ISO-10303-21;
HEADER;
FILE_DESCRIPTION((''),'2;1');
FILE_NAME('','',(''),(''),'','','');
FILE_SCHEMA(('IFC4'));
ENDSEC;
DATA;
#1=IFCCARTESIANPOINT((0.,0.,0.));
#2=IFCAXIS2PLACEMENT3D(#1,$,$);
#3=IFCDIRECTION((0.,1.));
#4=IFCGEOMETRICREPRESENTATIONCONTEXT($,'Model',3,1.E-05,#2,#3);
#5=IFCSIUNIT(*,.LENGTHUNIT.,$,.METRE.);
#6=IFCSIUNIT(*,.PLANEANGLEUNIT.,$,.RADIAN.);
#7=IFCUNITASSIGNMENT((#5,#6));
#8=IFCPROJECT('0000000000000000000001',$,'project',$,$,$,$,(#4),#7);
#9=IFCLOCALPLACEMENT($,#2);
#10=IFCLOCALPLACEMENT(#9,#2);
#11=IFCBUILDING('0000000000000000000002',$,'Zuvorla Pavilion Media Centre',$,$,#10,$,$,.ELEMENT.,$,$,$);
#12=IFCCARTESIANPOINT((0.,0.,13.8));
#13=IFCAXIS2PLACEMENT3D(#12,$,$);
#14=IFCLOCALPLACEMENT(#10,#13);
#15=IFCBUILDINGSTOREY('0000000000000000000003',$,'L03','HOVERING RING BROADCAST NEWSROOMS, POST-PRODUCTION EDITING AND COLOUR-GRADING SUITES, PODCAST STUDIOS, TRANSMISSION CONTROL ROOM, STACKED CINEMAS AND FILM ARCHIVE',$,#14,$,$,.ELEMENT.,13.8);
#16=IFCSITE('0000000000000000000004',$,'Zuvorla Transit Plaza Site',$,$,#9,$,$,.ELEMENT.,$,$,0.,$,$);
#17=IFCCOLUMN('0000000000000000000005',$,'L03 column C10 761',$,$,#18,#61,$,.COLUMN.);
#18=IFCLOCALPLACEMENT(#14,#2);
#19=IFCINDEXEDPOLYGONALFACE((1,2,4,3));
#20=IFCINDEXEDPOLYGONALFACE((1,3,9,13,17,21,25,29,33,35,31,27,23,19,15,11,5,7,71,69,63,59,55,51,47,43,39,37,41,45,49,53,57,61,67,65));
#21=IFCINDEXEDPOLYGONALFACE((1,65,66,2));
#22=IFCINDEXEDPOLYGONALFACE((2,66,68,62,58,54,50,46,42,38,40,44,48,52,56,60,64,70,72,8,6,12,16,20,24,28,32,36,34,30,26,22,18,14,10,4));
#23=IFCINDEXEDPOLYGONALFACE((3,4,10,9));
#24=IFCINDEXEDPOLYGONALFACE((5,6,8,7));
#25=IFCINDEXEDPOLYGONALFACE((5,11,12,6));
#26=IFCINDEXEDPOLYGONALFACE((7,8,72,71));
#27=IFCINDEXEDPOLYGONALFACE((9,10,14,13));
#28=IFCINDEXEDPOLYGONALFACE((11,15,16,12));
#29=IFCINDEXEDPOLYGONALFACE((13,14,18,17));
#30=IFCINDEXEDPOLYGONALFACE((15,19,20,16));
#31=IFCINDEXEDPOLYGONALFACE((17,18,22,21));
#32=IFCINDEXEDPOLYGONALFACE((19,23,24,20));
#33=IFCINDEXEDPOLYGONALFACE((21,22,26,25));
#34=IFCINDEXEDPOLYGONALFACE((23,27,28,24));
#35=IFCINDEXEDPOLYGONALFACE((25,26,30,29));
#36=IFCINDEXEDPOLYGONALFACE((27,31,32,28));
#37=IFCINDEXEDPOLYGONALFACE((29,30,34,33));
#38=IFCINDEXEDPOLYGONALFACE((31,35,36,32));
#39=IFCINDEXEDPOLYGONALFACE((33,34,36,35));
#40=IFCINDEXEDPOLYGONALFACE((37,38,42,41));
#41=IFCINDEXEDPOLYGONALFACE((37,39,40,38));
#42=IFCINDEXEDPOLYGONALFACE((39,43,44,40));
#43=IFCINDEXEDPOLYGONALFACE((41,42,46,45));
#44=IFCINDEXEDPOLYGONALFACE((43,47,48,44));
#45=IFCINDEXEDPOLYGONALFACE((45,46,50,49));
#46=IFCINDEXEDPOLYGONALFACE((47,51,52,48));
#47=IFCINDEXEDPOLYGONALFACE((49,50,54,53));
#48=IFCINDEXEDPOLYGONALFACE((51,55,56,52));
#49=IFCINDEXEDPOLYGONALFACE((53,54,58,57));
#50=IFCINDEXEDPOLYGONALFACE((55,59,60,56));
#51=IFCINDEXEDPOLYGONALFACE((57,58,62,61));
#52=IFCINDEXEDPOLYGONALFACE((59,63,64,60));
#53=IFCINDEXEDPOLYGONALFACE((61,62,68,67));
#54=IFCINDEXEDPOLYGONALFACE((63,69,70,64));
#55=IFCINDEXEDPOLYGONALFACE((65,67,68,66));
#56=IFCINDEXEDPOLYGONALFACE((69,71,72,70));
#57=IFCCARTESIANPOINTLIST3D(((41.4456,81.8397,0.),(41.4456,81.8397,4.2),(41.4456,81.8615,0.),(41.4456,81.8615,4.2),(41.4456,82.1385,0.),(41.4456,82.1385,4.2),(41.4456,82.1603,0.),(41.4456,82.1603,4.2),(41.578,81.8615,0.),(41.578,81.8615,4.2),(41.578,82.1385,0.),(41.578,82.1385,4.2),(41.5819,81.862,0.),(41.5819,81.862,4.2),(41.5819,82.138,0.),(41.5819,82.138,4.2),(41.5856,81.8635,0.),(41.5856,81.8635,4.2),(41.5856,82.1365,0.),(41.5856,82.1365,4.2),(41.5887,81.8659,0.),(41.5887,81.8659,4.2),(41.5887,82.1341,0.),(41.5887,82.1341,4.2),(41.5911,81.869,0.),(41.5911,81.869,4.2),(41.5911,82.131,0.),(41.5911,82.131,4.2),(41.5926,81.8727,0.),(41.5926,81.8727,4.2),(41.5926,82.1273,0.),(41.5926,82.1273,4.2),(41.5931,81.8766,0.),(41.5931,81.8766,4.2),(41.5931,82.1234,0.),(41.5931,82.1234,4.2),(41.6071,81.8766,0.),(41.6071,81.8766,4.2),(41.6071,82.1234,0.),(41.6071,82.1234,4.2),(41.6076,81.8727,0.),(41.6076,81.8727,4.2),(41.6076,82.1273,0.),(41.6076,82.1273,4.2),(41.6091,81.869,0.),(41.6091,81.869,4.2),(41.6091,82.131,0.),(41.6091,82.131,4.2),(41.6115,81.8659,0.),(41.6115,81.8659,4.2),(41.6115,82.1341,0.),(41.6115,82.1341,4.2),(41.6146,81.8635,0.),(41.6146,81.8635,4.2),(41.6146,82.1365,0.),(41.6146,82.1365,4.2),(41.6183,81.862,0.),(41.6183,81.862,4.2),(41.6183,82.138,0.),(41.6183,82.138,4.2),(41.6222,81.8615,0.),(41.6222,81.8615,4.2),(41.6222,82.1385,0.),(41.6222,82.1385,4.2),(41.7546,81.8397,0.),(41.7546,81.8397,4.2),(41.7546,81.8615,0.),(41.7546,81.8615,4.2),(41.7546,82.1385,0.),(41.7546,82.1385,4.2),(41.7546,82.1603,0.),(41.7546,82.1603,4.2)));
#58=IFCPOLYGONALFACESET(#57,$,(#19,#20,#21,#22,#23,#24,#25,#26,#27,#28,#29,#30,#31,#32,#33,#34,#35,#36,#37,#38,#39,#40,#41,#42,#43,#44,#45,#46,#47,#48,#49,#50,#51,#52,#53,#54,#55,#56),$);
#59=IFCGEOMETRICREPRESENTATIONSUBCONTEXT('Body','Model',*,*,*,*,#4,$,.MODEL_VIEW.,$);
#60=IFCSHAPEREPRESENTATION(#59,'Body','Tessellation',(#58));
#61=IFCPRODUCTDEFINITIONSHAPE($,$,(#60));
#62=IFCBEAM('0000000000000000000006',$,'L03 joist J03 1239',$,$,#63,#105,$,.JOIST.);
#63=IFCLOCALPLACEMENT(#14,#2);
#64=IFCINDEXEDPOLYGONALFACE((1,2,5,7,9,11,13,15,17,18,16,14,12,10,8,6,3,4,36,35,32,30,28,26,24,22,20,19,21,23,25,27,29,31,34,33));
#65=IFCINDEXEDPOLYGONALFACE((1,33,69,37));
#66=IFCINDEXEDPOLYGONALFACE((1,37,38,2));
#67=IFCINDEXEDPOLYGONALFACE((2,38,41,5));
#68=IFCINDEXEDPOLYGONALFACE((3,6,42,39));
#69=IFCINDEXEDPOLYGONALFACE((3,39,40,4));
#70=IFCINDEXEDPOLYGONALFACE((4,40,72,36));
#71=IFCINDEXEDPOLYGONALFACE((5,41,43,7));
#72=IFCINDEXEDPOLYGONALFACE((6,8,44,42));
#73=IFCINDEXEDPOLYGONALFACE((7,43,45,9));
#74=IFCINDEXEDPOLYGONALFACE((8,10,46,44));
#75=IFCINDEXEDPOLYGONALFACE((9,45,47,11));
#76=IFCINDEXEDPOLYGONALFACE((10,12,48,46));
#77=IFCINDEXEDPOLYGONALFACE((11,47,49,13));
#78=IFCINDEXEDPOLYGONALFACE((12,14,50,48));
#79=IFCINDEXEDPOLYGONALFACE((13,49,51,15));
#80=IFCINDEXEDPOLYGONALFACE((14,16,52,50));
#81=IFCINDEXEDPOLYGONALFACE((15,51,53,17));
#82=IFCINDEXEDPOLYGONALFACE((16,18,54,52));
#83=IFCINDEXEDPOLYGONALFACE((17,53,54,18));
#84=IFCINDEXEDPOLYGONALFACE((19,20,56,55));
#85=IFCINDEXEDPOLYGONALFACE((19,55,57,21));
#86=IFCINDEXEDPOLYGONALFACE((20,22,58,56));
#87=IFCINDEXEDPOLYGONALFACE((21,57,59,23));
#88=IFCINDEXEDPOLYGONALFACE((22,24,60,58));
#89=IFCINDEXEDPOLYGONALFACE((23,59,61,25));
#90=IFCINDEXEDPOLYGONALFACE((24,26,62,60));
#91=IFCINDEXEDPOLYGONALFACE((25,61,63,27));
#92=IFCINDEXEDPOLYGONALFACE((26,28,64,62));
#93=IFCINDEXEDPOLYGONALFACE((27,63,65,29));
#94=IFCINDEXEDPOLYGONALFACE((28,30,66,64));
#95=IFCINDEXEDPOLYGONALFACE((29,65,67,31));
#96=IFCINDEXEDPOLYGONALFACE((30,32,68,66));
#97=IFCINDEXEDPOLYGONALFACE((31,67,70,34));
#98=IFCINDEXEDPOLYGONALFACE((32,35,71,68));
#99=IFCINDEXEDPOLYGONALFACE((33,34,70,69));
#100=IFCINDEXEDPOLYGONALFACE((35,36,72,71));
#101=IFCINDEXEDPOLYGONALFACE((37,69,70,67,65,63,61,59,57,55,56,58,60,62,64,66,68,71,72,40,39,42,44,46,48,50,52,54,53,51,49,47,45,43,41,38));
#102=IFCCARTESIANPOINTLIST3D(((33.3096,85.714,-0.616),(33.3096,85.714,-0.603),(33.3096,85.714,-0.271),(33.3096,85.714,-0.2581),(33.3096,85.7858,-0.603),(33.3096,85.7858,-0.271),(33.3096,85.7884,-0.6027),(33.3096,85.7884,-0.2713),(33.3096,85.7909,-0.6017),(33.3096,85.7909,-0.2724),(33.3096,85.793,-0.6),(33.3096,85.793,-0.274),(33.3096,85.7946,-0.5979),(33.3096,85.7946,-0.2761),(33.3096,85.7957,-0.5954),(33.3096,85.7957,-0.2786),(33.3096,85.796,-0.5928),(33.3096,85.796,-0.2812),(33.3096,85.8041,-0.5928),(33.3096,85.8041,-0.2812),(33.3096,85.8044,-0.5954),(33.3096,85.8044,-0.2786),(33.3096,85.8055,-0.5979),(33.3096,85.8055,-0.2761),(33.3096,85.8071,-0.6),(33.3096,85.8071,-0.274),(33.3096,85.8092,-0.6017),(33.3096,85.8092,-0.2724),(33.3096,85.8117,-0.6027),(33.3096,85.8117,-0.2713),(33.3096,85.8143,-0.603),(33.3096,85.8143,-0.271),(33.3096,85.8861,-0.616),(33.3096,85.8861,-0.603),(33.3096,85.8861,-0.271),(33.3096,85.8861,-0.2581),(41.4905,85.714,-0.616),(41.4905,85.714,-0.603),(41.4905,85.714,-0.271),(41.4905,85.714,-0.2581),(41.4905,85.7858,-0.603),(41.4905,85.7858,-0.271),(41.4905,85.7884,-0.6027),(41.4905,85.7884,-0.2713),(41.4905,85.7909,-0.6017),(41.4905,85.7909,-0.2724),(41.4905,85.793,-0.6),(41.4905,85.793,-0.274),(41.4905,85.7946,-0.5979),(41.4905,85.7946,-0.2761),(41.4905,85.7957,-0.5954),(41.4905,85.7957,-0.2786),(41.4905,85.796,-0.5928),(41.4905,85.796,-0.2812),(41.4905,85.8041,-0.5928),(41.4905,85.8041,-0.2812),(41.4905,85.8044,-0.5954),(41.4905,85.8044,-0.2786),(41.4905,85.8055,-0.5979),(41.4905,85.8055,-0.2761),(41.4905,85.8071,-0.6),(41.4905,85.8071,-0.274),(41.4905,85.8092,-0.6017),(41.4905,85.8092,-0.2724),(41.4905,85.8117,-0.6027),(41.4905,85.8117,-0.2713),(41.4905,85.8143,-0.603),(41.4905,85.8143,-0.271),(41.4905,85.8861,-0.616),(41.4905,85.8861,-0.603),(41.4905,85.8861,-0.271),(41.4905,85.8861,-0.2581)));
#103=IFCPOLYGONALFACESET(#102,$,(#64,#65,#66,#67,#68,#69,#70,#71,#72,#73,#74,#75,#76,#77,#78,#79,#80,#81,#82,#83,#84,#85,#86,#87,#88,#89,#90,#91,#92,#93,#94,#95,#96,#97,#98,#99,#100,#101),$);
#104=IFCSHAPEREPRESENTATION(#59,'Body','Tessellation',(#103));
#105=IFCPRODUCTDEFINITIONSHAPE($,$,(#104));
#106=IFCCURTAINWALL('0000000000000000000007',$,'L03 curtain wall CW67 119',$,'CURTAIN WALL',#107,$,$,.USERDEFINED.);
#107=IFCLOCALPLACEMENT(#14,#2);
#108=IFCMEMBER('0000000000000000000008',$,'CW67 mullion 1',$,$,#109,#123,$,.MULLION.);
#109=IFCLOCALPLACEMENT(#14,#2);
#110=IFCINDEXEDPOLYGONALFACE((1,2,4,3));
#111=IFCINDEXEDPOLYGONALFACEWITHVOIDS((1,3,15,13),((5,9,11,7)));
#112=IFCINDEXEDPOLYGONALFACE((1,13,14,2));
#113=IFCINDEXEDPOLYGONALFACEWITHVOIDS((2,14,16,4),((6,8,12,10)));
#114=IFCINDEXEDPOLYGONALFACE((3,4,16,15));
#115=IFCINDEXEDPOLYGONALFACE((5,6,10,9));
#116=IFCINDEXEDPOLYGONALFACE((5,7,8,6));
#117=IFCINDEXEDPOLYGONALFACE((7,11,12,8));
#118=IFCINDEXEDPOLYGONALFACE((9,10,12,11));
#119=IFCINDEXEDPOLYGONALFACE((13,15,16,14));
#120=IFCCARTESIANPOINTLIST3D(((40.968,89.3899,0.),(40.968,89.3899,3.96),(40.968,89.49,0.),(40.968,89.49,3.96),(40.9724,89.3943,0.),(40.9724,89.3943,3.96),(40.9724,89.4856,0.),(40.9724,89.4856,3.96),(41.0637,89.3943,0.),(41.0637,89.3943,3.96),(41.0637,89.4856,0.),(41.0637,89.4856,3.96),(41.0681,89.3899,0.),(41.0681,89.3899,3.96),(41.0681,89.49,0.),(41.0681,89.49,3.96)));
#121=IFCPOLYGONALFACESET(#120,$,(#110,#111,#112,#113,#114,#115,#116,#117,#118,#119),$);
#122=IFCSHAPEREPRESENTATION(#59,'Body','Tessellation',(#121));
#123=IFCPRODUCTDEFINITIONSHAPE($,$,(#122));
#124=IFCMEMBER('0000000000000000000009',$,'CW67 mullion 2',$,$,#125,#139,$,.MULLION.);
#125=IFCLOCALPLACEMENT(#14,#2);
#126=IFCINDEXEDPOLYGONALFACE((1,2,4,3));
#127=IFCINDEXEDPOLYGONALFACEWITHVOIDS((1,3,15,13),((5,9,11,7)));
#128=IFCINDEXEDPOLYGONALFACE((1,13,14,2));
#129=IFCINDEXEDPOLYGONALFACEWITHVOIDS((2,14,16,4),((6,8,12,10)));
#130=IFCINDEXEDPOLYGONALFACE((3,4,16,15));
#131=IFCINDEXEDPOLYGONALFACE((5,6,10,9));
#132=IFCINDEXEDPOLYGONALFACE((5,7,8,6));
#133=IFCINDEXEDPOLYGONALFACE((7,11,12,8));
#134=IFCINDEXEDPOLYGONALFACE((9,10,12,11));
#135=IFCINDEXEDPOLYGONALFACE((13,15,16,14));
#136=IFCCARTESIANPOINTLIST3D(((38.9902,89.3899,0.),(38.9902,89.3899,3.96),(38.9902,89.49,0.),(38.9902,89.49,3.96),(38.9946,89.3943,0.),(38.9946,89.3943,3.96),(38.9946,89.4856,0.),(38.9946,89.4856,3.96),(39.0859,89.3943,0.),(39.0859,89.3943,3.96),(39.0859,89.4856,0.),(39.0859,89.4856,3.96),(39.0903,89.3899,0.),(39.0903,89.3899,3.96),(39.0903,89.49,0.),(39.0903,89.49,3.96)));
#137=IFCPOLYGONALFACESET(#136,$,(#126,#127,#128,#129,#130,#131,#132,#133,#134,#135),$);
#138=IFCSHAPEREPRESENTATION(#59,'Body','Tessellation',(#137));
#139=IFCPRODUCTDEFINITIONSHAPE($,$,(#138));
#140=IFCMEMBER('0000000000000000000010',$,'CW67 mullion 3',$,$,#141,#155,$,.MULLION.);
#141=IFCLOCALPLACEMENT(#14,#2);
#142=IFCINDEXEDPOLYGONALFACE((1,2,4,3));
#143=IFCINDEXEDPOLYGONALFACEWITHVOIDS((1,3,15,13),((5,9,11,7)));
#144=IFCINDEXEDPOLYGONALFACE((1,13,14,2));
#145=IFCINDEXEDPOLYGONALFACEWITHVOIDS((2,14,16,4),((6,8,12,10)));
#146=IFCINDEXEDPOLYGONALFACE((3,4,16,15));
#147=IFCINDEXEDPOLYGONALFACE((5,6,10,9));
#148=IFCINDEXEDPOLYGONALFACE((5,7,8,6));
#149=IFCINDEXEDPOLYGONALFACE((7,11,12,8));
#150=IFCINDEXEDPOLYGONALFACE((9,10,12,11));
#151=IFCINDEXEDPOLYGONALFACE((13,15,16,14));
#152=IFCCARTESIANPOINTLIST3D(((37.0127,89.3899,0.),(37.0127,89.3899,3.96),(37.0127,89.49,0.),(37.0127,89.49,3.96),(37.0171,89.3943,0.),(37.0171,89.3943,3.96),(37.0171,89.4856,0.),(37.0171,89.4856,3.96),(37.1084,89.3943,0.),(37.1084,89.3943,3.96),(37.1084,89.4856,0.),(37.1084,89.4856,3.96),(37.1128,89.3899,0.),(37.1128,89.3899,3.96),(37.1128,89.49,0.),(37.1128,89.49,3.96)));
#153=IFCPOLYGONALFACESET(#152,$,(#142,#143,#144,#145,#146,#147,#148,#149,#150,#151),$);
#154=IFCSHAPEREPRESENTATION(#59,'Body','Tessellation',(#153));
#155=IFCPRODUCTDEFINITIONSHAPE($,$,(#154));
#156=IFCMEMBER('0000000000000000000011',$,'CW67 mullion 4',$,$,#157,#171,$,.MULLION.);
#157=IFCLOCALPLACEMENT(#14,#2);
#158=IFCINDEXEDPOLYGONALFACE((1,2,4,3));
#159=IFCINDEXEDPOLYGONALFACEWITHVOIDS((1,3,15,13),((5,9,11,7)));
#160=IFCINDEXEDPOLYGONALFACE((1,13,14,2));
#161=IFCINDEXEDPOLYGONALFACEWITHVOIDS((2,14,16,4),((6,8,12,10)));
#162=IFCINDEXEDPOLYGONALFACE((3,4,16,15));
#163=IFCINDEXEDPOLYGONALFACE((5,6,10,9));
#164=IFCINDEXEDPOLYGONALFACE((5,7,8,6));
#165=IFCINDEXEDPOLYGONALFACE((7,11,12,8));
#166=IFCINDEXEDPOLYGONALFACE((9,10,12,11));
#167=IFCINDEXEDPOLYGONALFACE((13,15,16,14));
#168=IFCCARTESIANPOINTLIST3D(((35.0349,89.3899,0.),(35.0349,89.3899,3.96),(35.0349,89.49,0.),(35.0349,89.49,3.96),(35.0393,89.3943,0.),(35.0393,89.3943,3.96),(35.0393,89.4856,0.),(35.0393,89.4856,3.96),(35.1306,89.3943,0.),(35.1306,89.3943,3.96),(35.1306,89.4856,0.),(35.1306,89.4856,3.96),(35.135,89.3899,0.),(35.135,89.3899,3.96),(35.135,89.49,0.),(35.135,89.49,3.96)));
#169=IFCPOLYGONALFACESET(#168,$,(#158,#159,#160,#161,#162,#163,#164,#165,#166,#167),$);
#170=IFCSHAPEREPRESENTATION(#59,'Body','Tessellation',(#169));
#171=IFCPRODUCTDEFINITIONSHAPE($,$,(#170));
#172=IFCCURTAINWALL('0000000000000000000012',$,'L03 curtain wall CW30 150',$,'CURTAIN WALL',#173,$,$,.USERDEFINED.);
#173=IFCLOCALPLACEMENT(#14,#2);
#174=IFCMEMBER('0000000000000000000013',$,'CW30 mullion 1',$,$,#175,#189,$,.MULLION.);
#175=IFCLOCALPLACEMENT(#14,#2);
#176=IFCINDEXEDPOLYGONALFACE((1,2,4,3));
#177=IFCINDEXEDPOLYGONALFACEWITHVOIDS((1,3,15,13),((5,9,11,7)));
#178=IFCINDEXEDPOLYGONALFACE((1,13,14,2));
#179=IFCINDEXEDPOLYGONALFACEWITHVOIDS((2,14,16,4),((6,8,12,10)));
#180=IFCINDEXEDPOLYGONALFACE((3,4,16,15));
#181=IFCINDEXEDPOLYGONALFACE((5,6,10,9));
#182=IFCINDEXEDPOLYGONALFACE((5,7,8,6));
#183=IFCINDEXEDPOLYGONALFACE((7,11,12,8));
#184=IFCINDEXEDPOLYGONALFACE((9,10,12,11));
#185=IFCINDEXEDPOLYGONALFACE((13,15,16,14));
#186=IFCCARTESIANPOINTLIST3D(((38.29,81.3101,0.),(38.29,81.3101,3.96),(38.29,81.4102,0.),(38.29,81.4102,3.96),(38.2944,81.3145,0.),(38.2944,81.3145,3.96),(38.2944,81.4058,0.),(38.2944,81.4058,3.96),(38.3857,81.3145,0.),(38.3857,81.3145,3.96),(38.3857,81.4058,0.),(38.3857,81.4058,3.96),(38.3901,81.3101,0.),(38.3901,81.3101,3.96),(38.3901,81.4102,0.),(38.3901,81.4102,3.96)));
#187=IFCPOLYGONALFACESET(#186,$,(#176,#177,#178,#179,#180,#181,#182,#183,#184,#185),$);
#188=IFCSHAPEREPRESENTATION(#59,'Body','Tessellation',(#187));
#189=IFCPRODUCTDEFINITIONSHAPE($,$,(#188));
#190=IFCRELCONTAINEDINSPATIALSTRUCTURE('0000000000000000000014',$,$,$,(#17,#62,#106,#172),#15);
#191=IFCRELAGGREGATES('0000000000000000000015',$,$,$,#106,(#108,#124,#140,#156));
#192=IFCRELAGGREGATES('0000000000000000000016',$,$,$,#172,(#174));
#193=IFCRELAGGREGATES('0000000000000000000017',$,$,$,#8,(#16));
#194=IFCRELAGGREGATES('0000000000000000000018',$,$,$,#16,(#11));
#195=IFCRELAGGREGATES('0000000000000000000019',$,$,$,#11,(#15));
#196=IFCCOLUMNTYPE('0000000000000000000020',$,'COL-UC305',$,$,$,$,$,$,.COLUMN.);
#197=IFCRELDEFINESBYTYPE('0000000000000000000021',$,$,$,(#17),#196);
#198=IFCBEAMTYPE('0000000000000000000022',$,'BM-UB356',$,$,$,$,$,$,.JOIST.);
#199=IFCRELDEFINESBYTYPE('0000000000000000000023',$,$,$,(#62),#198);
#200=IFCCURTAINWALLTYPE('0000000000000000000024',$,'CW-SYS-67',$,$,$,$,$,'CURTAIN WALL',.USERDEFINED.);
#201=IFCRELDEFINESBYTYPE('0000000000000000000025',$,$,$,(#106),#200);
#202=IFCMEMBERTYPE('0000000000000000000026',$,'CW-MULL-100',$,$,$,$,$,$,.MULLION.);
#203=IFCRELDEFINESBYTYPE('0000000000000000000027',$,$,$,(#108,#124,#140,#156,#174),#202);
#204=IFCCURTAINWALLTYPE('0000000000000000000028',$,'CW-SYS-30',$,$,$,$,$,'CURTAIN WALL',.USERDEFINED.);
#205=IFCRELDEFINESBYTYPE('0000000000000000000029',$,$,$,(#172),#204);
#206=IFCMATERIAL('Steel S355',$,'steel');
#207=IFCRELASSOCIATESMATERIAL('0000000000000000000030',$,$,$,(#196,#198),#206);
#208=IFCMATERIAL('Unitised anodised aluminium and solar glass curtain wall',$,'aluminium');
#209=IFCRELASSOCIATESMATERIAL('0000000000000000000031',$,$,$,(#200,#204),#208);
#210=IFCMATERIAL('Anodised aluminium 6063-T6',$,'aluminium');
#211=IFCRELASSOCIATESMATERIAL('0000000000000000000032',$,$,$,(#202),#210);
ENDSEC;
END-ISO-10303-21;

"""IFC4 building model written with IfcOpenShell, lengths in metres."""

from ifc_helpers import new_model, si_unit, direction, frame, origin, origin_2d, place, context, subcontext, project, spatial, hollow_rectangle, i_section, extrude, material, material_profile, profile_set, type_object, element, aggregate, save


model = new_model("IFC4")

# Units and contexts
model_context = context("Model", 3, precision=1e-05, world=origin(), true_north=direction((0.0, 1.0)))
body_context = subcontext(model_context, "Body", "Model", "MODEL_VIEW")
ifc_project = project(units=[si_unit("LENGTHUNIT", "METRE"), si_unit("PLANEANGLEUNIT", "RADIAN")], contexts=[model_context])

# Site, building, storey
site_placement = place(None, origin())
site = spatial("IfcSite", under=ifc_project, at=site_placement, Name="Zuvorla Transit Plaza Site", CompositionType="ELEMENT", RefElevation=0.0)
building_placement = place(site_placement, origin())
building = spatial("IfcBuilding", under=site, at=building_placement, Name="Zuvorla Pavilion Media Centre", CompositionType="ELEMENT")
storey_placement = place(building_placement, frame((0.0, 0.0, 13.8)))
storey = spatial("IfcBuildingStorey", under=building, at=storey_placement, Name="L03", Description="HOVERING RING BROADCAST NEWSROOMS, POST-PRODUCTION EDITING AND COLOUR-GRADING SUITES, PODCAST STUDIOS, TRANSMISSION CONTROL ROOM, STACKED CINEMAS AND FILM ARCHIVE", CompositionType="ELEMENT", Elevation=13.8)

# Column
ifc_material_1 = material(Name="Steel S355", Category="steel")
ifc_material_profile_1 = material_profile(ifc_material_1, i_section(OverallWidth=0.3091, OverallDepth=0.3206, WebThickness=0.0139, FlangeThickness=0.0217, FilletRadius=0.0151, at=origin_2d()), Name="UC 305x305x137")
ifc_profile_set_1 = profile_set([ifc_material_profile_1], Name="Steel S355")
column_type = type_object("IfcColumnType", Name="COL-UC305", PredefinedType="COLUMN", material=ifc_profile_set_1)
column_placement = place(storey_placement, frame((41.6001, 82.0, 0.0), z_axis=(0.0, 0.0, 1.0), x_axis=(1.0, 0.0, 0.0)))
element("IfcColumn", 1, at=column_placement, inside=storey, type_object=column_type, Name="L03 column C10 761", PredefinedType="COLUMN", context=body_context, shape_type="SweptSolid", body=[
    extrude(i_section(OverallWidth=0.3091, OverallDepth=0.3206, WebThickness=0.0139, FlangeThickness=0.0217, FilletRadius=0.0151, at=origin_2d()), origin(), (0.0, 0.0, 1.0), 4.2),
])

# Beam
ifc_material_profile_2 = material_profile(ifc_material_1, i_section(OverallWidth=0.1721, OverallDepth=0.3579, WebThickness=0.0081, FlangeThickness=0.0129, FilletRadius=0.0103, at=origin_2d()), Name="UB 356x171x57")
ifc_profile_set_2 = profile_set([ifc_material_profile_2], Name="Steel S355")
beam_type = type_object("IfcBeamType", Name="BM-UB356", PredefinedType="JOIST", material=ifc_profile_set_2)
beam_placement = place(storey_placement, frame((33.3096, 85.8, -0.437), z_axis=(1.0, 0.0, 0.0), x_axis=(0.0, 1.0, 0.0)))
element("IfcBeam", 2, at=beam_placement, inside=storey, type_object=beam_type, Name="L03 joist J03 1239", PredefinedType="JOIST", context=body_context, shape_type="SweptSolid", body=[
    extrude(i_section(OverallWidth=0.1721, OverallDepth=0.3579, WebThickness=0.0081, FlangeThickness=0.0129, FilletRadius=0.0103, at=origin_2d()), origin(), (0.0, 0.0, 1.0), 8.1809),
])

# Curtain walls, members
ifc_material_2 = material(Name="Unitised anodised aluminium and solar glass curtain wall", Category="aluminium")
curtain_wall_type_1 = type_object("IfcCurtainWallType", Name="CW-SYS-67", ElementType="CURTAIN WALL", PredefinedType="USERDEFINED", material=ifc_material_2)
curtain_wall_1_placement = place(storey_placement, origin())
curtain_wall_1 = element("IfcCurtainWall", 3, at=curtain_wall_1_placement, inside=storey, type_object=curtain_wall_type_1, Name="L03 curtain wall CW67 119", ObjectType="CURTAIN WALL", PredefinedType="USERDEFINED")
ifc_material_3 = material(Name="Anodised aluminium 6063-T6", Category="aluminium")
ifc_material_profile_3 = material_profile(ifc_material_3, hollow_rectangle(XDim=0.1001, YDim=0.1001, WallThickness=0.0044, at=origin_2d()), Name="ALU MULL 100x100")
ifc_profile_set_3 = profile_set([ifc_material_profile_3], Name="Anodised aluminium 6063-T6")
member_type_1 = type_object("IfcMemberType", Name="CW-MULL-100", PredefinedType="MULLION", material=ifc_profile_set_3)
member_1_placement = place(storey_placement, frame((41.0181, 89.4399, 0.0), z_axis=(0.0, 0.0, 1.0), x_axis=(1.0, 0.0, 0.0)))
member_1 = element("IfcMember", 4, at=member_1_placement, type_object=member_type_1, Name="CW67 mullion 1", PredefinedType="MULLION", context=body_context, shape_type="SweptSolid", body=[
    extrude(hollow_rectangle(XDim=0.1001, YDim=0.1001, WallThickness=0.0044, at=origin_2d()), origin(), (0.0, 0.0, 1.0), 3.96),
])
member_2_placement = place(storey_placement, frame((39.0403, 89.4399, 0.0), z_axis=(0.0, 0.0, 1.0), x_axis=(1.0, 0.0, 0.0)))
member_2 = element("IfcMember", 5, at=member_2_placement, type_object=member_type_1, Name="CW67 mullion 2", PredefinedType="MULLION", context=body_context, shape_type="SweptSolid", body=[
    extrude(hollow_rectangle(XDim=0.1001, YDim=0.1001, WallThickness=0.0044, at=origin_2d()), origin(), (0.0, 0.0, 1.0), 3.96),
])
member_3_placement = place(storey_placement, frame((37.0627, 89.4399, 0.0), z_axis=(0.0, 0.0, 1.0), x_axis=(1.0, 0.0, 0.0)))
member_3 = element("IfcMember", 6, at=member_3_placement, type_object=member_type_1, Name="CW67 mullion 3", PredefinedType="MULLION", context=body_context, shape_type="SweptSolid", body=[
    extrude(hollow_rectangle(XDim=0.1001, YDim=0.1001, WallThickness=0.0044, at=origin_2d()), origin(), (0.0, 0.0, 1.0), 3.96),
])
member_4_placement = place(storey_placement, frame((35.085, 89.4399, 0.0), z_axis=(0.0, 0.0, 1.0), x_axis=(1.0, 0.0, 0.0)))
member_4 = element("IfcMember", 7, at=member_4_placement, type_object=member_type_1, Name="CW67 mullion 4", PredefinedType="MULLION", context=body_context, shape_type="SweptSolid", body=[
    extrude(hollow_rectangle(XDim=0.1001, YDim=0.1001, WallThickness=0.0044, at=origin_2d()), origin(), (0.0, 0.0, 1.0), 3.96),
])
curtain_wall_type_2 = type_object("IfcCurtainWallType", Name="CW-SYS-30", ElementType="CURTAIN WALL", PredefinedType="USERDEFINED", material=ifc_material_2)
curtain_wall_2_placement = place(storey_placement, origin())
curtain_wall_2 = element("IfcCurtainWall", 8, at=curtain_wall_2_placement, inside=storey, type_object=curtain_wall_type_2, Name="L03 curtain wall CW30 150", ObjectType="CURTAIN WALL", PredefinedType="USERDEFINED")
member_5_placement = place(storey_placement, frame((38.3401, 81.3601, 0.0), z_axis=(0.0, 0.0, 1.0), x_axis=(1.0, 0.0, 0.0)))
member_5 = element("IfcMember", 9, at=member_5_placement, type_object=member_type_1, Name="CW30 mullion 1", PredefinedType="MULLION", context=body_context, shape_type="SweptSolid", body=[
    extrude(hollow_rectangle(XDim=0.1001, YDim=0.1001, WallThickness=0.0044, at=origin_2d()), origin(), (0.0, 0.0, 1.0), 3.96),
])

aggregate(curtain_wall_1, [member_1, member_2, member_3, member_4])
aggregate(curtain_wall_2, [member_5])

save(model, "model.ifc")
